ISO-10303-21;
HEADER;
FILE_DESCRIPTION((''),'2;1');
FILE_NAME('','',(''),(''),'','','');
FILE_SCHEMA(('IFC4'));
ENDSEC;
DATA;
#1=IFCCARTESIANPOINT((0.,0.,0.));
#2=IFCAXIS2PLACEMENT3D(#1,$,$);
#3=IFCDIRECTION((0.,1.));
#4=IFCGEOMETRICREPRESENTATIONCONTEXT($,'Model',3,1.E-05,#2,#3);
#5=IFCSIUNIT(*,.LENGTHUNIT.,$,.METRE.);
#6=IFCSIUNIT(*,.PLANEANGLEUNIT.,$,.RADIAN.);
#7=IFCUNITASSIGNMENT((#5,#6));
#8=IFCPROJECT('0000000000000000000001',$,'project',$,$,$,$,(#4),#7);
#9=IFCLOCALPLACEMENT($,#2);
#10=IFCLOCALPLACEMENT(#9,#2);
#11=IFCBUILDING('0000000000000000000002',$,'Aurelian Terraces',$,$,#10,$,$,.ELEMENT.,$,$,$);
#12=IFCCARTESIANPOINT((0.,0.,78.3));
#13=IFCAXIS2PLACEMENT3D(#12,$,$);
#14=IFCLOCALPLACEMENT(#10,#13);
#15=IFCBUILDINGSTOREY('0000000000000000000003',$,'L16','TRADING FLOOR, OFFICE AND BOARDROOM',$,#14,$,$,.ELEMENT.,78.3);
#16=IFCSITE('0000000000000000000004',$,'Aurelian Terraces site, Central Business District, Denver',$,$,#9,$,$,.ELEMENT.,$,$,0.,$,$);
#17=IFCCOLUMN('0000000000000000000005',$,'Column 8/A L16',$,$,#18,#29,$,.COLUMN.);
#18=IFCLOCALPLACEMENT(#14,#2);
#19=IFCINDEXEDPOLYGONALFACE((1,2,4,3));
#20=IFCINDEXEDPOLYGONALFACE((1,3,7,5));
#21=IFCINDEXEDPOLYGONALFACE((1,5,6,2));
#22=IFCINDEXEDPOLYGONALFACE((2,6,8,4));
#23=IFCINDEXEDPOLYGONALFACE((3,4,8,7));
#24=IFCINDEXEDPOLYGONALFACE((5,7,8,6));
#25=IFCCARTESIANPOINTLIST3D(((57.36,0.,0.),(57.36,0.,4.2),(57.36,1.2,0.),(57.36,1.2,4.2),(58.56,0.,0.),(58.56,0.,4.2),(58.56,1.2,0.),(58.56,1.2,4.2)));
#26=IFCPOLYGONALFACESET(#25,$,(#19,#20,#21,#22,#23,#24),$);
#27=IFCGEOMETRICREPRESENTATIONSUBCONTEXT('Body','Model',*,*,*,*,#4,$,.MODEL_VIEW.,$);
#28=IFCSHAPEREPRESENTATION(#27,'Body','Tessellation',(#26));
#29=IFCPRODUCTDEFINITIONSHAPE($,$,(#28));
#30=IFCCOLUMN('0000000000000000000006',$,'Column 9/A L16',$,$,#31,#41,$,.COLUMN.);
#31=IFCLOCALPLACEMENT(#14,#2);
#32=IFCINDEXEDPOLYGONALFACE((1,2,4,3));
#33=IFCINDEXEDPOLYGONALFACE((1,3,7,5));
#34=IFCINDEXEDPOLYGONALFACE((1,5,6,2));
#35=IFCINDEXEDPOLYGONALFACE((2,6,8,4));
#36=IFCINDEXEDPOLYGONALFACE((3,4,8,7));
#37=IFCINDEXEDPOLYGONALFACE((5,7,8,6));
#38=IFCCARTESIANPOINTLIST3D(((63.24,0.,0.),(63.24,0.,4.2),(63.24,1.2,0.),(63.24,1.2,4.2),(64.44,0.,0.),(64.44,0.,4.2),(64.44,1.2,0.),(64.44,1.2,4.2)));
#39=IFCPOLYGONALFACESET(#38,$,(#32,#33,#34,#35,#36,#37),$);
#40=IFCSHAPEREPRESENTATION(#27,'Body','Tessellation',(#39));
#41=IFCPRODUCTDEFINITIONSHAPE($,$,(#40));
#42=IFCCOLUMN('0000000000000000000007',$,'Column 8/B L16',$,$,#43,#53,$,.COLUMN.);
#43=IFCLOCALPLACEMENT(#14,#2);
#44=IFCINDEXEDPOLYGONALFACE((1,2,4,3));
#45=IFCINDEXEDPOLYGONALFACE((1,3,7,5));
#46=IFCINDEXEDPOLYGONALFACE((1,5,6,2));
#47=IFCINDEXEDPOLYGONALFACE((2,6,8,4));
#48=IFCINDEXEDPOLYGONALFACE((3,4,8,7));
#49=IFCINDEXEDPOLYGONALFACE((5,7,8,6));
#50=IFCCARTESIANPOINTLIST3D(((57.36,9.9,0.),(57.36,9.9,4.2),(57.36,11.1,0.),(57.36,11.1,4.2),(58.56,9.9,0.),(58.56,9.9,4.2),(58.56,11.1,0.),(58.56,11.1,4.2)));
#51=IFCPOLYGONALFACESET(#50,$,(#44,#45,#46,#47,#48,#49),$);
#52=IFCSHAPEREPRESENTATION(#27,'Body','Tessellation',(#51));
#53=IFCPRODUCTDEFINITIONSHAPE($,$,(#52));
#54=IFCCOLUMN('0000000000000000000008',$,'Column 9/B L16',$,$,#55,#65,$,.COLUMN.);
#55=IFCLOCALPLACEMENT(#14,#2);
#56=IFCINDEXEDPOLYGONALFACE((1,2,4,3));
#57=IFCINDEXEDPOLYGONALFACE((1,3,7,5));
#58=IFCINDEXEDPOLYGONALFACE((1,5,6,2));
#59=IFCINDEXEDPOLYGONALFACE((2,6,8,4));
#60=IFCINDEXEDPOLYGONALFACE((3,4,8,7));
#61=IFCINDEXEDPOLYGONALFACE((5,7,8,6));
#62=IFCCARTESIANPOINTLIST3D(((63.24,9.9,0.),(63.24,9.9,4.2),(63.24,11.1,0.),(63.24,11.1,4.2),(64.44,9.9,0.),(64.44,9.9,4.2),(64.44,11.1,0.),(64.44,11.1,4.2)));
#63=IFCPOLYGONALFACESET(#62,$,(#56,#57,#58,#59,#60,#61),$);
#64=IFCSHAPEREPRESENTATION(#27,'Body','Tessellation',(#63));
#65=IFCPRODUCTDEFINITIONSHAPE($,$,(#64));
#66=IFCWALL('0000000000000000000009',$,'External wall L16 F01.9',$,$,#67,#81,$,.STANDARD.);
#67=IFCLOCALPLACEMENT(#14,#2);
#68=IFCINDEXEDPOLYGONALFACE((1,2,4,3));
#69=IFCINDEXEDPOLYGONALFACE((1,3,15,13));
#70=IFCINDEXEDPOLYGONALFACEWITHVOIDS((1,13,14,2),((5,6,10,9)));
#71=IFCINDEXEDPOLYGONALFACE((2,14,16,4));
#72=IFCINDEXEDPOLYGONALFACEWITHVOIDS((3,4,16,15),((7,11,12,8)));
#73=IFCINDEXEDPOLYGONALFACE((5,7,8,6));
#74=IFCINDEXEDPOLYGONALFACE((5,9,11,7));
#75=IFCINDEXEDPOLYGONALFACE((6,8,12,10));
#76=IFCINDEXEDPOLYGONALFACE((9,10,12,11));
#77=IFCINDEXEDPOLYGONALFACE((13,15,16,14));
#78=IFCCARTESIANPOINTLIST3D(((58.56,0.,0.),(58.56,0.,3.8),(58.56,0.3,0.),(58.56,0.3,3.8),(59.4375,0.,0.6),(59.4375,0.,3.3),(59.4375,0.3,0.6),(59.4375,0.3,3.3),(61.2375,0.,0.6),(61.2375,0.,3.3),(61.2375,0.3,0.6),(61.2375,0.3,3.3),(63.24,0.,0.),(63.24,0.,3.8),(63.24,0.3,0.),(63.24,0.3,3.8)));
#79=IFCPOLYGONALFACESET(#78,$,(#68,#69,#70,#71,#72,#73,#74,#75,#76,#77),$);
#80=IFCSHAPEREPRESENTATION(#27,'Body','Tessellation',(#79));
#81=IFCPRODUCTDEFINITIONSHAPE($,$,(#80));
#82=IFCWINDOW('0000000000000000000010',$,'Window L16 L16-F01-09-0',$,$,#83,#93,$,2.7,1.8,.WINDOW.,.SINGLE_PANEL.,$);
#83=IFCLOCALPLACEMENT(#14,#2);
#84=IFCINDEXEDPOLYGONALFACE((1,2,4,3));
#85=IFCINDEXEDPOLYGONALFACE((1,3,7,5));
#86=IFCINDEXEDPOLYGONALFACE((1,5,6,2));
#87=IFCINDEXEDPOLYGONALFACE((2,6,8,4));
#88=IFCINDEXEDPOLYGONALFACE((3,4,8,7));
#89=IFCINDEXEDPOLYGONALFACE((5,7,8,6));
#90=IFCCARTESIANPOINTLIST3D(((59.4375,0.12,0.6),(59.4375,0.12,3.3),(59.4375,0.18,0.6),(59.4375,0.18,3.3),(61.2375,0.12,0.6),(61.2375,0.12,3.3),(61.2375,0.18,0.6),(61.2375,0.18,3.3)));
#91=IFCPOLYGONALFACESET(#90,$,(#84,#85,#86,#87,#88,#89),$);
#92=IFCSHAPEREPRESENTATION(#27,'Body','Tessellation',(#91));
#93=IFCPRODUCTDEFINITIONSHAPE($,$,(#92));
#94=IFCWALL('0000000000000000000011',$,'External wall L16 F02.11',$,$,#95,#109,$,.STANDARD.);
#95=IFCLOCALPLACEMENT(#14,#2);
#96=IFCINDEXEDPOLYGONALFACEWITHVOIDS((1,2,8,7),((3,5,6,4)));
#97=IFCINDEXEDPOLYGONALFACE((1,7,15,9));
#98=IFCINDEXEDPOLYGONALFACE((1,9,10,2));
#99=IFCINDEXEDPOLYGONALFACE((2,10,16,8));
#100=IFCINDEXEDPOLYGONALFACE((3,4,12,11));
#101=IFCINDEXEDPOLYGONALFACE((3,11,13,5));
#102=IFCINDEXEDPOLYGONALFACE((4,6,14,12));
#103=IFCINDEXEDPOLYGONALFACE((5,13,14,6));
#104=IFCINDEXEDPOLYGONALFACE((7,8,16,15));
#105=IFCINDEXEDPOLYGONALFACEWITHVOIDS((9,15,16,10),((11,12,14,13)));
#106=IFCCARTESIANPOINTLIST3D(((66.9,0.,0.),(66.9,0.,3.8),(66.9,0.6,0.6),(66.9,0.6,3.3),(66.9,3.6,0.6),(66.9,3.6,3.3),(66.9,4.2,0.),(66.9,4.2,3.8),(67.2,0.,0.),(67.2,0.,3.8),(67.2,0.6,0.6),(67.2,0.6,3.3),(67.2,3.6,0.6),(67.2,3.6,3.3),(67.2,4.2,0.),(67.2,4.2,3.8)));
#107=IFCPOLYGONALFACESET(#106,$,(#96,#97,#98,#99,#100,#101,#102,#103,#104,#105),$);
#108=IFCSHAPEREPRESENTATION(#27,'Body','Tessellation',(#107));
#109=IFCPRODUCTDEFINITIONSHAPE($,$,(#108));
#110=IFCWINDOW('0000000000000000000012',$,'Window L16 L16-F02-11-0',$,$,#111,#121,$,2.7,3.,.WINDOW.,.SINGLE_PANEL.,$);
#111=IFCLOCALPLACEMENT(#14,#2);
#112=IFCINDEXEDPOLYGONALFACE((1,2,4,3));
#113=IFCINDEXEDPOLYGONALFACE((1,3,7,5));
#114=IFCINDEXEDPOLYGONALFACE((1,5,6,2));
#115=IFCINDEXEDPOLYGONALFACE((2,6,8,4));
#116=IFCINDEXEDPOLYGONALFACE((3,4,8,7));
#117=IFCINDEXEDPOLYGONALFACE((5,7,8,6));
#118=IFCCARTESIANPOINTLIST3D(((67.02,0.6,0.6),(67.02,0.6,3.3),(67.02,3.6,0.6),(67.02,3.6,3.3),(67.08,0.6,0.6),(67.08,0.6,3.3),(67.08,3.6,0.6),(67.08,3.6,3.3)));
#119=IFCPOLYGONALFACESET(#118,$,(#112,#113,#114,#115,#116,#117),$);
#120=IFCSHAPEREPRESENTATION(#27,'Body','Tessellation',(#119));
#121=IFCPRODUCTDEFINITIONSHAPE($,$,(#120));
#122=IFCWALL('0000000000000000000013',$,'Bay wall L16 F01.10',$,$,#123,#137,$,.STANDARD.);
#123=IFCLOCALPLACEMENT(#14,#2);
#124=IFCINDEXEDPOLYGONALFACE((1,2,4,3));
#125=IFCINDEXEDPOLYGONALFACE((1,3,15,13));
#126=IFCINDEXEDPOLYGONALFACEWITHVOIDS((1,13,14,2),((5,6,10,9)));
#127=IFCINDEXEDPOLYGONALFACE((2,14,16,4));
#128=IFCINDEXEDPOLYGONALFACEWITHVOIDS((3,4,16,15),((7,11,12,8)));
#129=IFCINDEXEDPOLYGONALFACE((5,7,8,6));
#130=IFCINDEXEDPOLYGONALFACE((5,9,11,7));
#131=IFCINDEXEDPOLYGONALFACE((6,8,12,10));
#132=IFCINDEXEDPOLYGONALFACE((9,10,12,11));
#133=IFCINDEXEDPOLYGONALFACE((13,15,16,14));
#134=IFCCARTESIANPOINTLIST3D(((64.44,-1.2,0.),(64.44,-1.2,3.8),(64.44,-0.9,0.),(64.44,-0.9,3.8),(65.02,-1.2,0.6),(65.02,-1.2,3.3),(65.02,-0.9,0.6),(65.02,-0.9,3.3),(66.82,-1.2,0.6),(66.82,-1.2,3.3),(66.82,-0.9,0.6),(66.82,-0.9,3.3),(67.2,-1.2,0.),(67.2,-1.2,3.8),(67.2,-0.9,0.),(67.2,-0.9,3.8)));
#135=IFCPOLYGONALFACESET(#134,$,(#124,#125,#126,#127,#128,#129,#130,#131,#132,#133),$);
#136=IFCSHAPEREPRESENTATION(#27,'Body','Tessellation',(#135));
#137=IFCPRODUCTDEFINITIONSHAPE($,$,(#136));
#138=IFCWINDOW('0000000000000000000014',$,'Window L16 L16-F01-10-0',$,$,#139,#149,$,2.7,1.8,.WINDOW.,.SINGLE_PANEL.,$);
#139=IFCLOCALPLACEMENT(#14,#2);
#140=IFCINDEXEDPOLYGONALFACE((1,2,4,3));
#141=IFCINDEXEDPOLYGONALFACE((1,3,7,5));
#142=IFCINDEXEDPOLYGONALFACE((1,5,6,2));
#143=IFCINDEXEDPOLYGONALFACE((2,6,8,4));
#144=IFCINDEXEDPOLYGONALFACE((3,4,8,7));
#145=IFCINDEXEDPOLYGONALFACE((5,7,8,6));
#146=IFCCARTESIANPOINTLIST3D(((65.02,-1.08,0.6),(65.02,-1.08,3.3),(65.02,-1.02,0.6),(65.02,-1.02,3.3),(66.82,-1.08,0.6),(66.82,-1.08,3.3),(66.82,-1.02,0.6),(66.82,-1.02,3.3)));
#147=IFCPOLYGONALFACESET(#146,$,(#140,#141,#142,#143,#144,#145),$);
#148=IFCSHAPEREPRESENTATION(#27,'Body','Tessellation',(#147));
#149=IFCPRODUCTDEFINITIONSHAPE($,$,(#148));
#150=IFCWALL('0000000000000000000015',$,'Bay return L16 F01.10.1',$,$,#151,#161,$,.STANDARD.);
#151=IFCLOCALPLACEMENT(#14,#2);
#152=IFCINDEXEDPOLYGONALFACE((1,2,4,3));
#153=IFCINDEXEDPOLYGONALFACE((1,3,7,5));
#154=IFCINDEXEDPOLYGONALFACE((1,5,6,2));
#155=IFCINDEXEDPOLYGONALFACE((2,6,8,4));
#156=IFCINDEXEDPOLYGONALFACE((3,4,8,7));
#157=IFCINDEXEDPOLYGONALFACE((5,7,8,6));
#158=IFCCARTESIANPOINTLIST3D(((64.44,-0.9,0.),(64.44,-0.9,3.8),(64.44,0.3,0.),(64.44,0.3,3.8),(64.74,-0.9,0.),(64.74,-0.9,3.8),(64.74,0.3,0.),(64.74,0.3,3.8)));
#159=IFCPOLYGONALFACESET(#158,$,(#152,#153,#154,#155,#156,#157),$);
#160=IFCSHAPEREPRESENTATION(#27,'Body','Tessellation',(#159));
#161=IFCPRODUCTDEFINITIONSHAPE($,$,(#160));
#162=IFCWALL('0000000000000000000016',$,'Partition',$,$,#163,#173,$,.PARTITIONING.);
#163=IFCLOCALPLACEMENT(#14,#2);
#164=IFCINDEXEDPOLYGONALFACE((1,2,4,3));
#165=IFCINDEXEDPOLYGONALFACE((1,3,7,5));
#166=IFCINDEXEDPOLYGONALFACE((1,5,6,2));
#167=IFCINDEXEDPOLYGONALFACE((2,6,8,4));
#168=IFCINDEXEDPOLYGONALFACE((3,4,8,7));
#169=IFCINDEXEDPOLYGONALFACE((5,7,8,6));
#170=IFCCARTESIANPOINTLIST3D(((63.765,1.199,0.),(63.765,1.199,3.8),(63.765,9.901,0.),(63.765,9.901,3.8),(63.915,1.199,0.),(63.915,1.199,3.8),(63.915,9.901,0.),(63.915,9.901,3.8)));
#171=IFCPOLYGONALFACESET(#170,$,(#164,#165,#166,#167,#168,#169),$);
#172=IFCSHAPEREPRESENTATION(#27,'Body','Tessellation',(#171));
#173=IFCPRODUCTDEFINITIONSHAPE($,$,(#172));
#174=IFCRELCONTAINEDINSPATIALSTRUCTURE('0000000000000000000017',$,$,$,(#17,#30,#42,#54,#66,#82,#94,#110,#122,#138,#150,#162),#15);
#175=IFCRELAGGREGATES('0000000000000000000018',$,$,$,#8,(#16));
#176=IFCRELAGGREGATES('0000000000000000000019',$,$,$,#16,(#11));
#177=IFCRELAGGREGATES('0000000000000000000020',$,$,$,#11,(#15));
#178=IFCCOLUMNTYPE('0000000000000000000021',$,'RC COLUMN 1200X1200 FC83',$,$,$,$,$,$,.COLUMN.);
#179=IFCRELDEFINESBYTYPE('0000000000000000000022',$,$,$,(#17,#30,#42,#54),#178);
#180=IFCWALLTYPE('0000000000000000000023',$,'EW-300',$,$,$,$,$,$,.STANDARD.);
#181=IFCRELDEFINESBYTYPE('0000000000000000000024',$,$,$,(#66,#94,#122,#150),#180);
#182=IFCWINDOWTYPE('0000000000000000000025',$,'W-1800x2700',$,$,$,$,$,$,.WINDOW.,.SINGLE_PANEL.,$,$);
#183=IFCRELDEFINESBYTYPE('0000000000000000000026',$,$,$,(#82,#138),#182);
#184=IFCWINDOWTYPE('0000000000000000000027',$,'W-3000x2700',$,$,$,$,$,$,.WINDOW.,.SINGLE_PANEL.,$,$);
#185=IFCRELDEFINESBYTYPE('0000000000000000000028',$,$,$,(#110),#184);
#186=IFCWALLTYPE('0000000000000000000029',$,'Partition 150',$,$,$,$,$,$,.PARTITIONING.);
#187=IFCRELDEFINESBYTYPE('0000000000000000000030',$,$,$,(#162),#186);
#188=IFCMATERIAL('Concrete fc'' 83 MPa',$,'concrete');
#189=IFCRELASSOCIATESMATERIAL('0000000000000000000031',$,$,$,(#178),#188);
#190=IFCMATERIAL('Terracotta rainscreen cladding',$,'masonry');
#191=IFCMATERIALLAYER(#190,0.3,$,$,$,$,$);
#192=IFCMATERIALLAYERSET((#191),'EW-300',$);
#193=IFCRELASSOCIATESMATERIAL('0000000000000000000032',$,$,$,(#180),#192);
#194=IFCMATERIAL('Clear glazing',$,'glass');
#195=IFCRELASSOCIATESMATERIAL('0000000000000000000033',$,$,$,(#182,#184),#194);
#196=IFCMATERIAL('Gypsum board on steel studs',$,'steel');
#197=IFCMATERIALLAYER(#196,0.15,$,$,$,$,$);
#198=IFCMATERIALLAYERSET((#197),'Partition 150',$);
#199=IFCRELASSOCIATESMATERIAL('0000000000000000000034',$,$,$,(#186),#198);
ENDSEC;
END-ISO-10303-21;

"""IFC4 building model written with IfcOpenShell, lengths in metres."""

from ifc_helpers import new_model, si_unit, direction, frame, frame_2d, origin, origin_2d, place, context, subcontext, project, spatial, rectangle, extrude, source, transform, mapped, material, layer, layer_set, material_profile, profile_set, type_object, element, fill, save


model = new_model("IFC4")

# Units and contexts
model_context = context("Model", 3, precision=1e-05, world=origin(), true_north=direction((0.0, 1.0)))
body_context = subcontext(model_context, "Body", "Model", "MODEL_VIEW")
ifc_project = project(units=[si_unit("LENGTHUNIT", "METRE"), si_unit("PLANEANGLEUNIT", "RADIAN")], contexts=[model_context])

# Site, building, storey
site_placement = place(None, origin())
site = spatial("IfcSite", under=ifc_project, at=site_placement, Name="Aurelian Terraces site, Central Business District, Denver", CompositionType="ELEMENT", RefElevation=0.0)
building_placement = place(site_placement, origin())
building = spatial("IfcBuilding", under=site, at=building_placement, Name="Aurelian Terraces", CompositionType="ELEMENT")
storey_placement = place(building_placement, frame((0.0, 0.0, 78.3)))
storey = spatial("IfcBuildingStorey", under=building, at=storey_placement, Name="L16", Description="TRADING FLOOR, OFFICE AND BOARDROOM", CompositionType="ELEMENT", Elevation=78.3)

# Columns
ifc_material_1 = material(Name="Concrete fc' 83 MPa", Category="concrete")
ifc_material_profile = material_profile(ifc_material_1, rectangle(XDim=1.2, YDim=1.2, at=origin_2d()))
ifc_profile_set = profile_set([ifc_material_profile], Name="Concrete fc' 83 MPa")
column_type = type_object("IfcColumnType", Name="RC COLUMN 1200X1200 FC83", PredefinedType="COLUMN", material=ifc_profile_set)
shared_shape_1 = source(origin(), body_context, "Body", "SweptSolid", [
    extrude(rectangle(XDim=1.2, YDim=1.2, at=origin_2d()), origin(), (0.0, 0.0, 1.0), 4.2),
])
for number, where, z_axis, x_axis, name in (
    (1, (57.96, 0.6, 0.0), (0.0, 0.0, 1.0), (1.0, 0.0, 0.0), "Column 8/A L16"),
    (2, (63.84, 0.6, 0.0), (0.0, 0.0, 1.0), (1.0, 0.0, 0.0), "Column 9/A L16"),
    (3, (57.96, 10.5, 0.0), (0.0, 0.0, 1.0), (1.0, 0.0, 0.0), "Column 8/B L16"),
    (4, (63.84, 10.5, 0.0), (0.0, 0.0, 1.0), (1.0, 0.0, 0.0), "Column 9/B L16"),
):
    element("IfcColumn", number, at=place(storey_placement, frame(where, z_axis=z_axis, x_axis=x_axis)), inside=storey, type_object=column_type, Name=name, PredefinedType="COLUMN", context=body_context, shape_type="MappedRepresentation", body=[
        mapped(shared_shape_1, transform((0.0, 0.0, 0.0), scale=1.0)),
    ])

# Walls, openings, windows
ifc_material_2 = material(Name="Terracotta rainscreen cladding", Category="masonry")
ifc_layer_1 = layer(ifc_material_2, 0.3)
ifc_layer_set_1 = layer_set([ifc_layer_1], Name="EW-300")
wall_type_1 = type_object("IfcWallType", Name="EW-300", PredefinedType="STANDARD", material=ifc_layer_set_1)
shared_shape_2 = source(origin(), body_context, "Body", "SweptSolid", [
    extrude(rectangle(XDim=4.68, YDim=0.3, at=frame_2d((2.34, 0.0))), origin(), (0.0, 0.0, 1.0), 3.8),
])
wall_1_placement = place(storey_placement, frame((58.56, 0.15, 0.0), z_axis=(0.0, 0.0, 1.0), x_axis=(1.0, 0.0, 0.0)))
wall_1 = element("IfcWall", 5, at=wall_1_placement, inside=storey, type_object=wall_type_1, Name="External wall L16 F01.9", PredefinedType="STANDARD", context=body_context, shape_type="MappedRepresentation", body=[
    mapped(shared_shape_2, transform((0.0, 0.0, 0.0), scale=1.0)),
])
shared_shape_3 = source(origin(), body_context, "Body", "SweptSolid", [
    extrude(rectangle(XDim=1.8, YDim=2.7, at=frame_2d((0.9, 1.35))), frame((0.0, 0.16, 0.0), z_axis=(0.0, -1.0, 0.0), x_axis=(1.0, 0.0, 0.0)), (0.0, 0.0, 1.0), 0.32),
])
opening_1_placement = place(wall_1_placement, frame((0.8775, 0.0, 0.6)))
opening_1 = element("IfcOpeningElement", 6, at=opening_1_placement, cuts=wall_1, PredefinedType="OPENING", context=body_context, shape_type="MappedRepresentation", body=[
    mapped(shared_shape_3, transform((0.0, 0.0, 0.0), scale=1.0)),
])
ifc_material_3 = material(Name="Clear glazing", Category="glass")
window_type_1 = type_object("IfcWindowType", Name="W-1800x2700", PartitioningType="SINGLE_PANEL", PredefinedType="WINDOW", material=ifc_material_3)
shared_shape_4 = source(origin(), body_context, "Body", "SweptSolid", [
    extrude(rectangle(XDim=1.8, YDim=2.7, at=frame_2d((0.9, 1.35))), frame((0.0, 0.03, 0.0), z_axis=(0.0, -1.0, 0.0), x_axis=(1.0, 0.0, 0.0)), (0.0, 0.0, 1.0), 0.06),
])
window_1_placement = place(opening_1_placement, origin())
window_1 = element("IfcWindow", 7, at=window_1_placement, inside=storey, type_object=window_type_1, Name="Window L16 L16-F01-09-0", OverallHeight=2.7, OverallWidth=1.8, PartitioningType="SINGLE_PANEL", PredefinedType="WINDOW", context=body_context, shape_type="MappedRepresentation", body=[
    mapped(shared_shape_4, transform((0.0, 0.0, 0.0), scale=1.0)),
])
fill(opening_1, window_1)
shared_shape_5 = source(origin(), body_context, "Body", "SweptSolid", [
    extrude(rectangle(XDim=4.2, YDim=0.3, at=frame_2d((2.1, 0.0))), origin(), (0.0, 0.0, 1.0), 3.8),
])
wall_2_placement = place(storey_placement, frame((67.05, 0.0, 0.0), z_axis=(0.0, 0.0, 1.0), x_axis=(0.0, 1.0, 0.0)))
wall_2 = element("IfcWall", 8, at=wall_2_placement, inside=storey, type_object=wall_type_1, Name="External wall L16 F02.11", PredefinedType="STANDARD", context=body_context, shape_type="MappedRepresentation", body=[
    mapped(shared_shape_5, transform((0.0, 0.0, 0.0), scale=1.0)),
])
shared_shape_6 = source(origin(), body_context, "Body", "SweptSolid", [
    extrude(rectangle(XDim=3.0, YDim=2.7, at=frame_2d((1.5, 1.35))), frame((0.0, 0.16, 0.0), z_axis=(0.0, -1.0, 0.0), x_axis=(1.0, 0.0, 0.0)), (0.0, 0.0, 1.0), 0.32),
])
opening_2_placement = place(wall_2_placement, frame((0.6, 0.0, 0.6)))
opening_2 = element("IfcOpeningElement", 9, at=opening_2_placement, cuts=wall_2, PredefinedType="OPENING", context=body_context, shape_type="MappedRepresentation", body=[
    mapped(shared_shape_6, transform((0.0, 0.0, 0.0), scale=1.0)),
])
window_type_2 = type_object("IfcWindowType", Name="W-3000x2700", PartitioningType="SINGLE_PANEL", PredefinedType="WINDOW", material=ifc_material_3)
shared_shape_7 = source(origin(), body_context, "Body", "SweptSolid", [
    extrude(rectangle(XDim=3.0, YDim=2.7, at=frame_2d((1.5, 1.35))), frame((0.0, 0.03, 0.0), z_axis=(0.0, -1.0, 0.0), x_axis=(1.0, 0.0, 0.0)), (0.0, 0.0, 1.0), 0.06),
])
window_2_placement = place(opening_2_placement, origin())
window_2 = element("IfcWindow", 10, at=window_2_placement, inside=storey, type_object=window_type_2, Name="Window L16 L16-F02-11-0", OverallHeight=2.7, OverallWidth=3.0, PartitioningType="SINGLE_PANEL", PredefinedType="WINDOW", context=body_context, shape_type="MappedRepresentation", body=[
    mapped(shared_shape_7, transform((0.0, 0.0, 0.0), scale=1.0)),
])
fill(opening_2, window_2)
shared_shape_8 = source(origin(), body_context, "Body", "SweptSolid", [
    extrude(rectangle(XDim=2.76, YDim=0.3, at=frame_2d((1.38, 0.0))), origin(), (0.0, 0.0, 1.0), 3.8),
])
wall_3_placement = place(storey_placement, frame((64.44, -1.05, 0.0), z_axis=(0.0, 0.0, 1.0), x_axis=(1.0, 0.0, 0.0)))
wall_3 = element("IfcWall", 11, at=wall_3_placement, inside=storey, type_object=wall_type_1, Name="Bay wall L16 F01.10", PredefinedType="STANDARD", context=body_context, shape_type="MappedRepresentation", body=[
    mapped(shared_shape_8, transform((0.0, 0.0, 0.0), scale=1.0)),
])
opening_3_placement = place(wall_3_placement, frame((0.58, 0.0, 0.6)))
opening_3 = element("IfcOpeningElement", 12, at=opening_3_placement, cuts=wall_3, PredefinedType="OPENING", context=body_context, shape_type="MappedRepresentation", body=[
    mapped(shared_shape_3, transform((0.0, 0.0, 0.0), scale=1.0)),
])
window_3_placement = place(opening_3_placement, origin())
window_3 = element("IfcWindow", 13, at=window_3_placement, inside=storey, type_object=window_type_1, Name="Window L16 L16-F01-10-0", OverallHeight=2.7, OverallWidth=1.8, PartitioningType="SINGLE_PANEL", PredefinedType="WINDOW", context=body_context, shape_type="MappedRepresentation", body=[
    mapped(shared_shape_4, transform((0.0, 0.0, 0.0), scale=1.0)),
])
fill(opening_3, window_3)

# Walls
shared_shape_9 = source(origin(), body_context, "Body", "SweptSolid", [
    extrude(rectangle(XDim=1.2, YDim=0.3, at=frame_2d((0.6, 0.0))), origin(), (0.0, 0.0, 1.0), 3.8),
])
wall_4_placement = place(storey_placement, frame((64.59, 0.3, 0.0), z_axis=(0.0, 0.0, 1.0), x_axis=(0.0, -1.0, 0.0)))
element("IfcWall", 14, at=wall_4_placement, inside=storey, type_object=wall_type_1, Name="Bay return L16 F01.10.1", PredefinedType="STANDARD", context=body_context, shape_type="MappedRepresentation", body=[
    mapped(shared_shape_9, transform((0.0, 0.0, 0.0), scale=1.0)),
])
ifc_material_4 = material(Name="Gypsum board on steel studs", Category="steel")
ifc_layer_2 = layer(ifc_material_4, 0.15)
ifc_layer_set_2 = layer_set([ifc_layer_2], Name="Partition 150")
wall_type_2 = type_object("IfcWallType", Name="Partition 150", PredefinedType="PARTITIONING", material=ifc_layer_set_2)
shared_shape_10 = source(origin(), body_context, "Body", "SweptSolid", [
    extrude(rectangle(XDim=8.702, YDim=0.15, at=frame_2d((4.351, 0.0))), origin(), (0.0, 0.0, 1.0), 3.8),
])
wall_5_placement = place(storey_placement, frame((63.84, 1.199, 0.0), z_axis=(0.0, 0.0, 1.0), x_axis=(0.0, 1.0, 0.0)))
element("IfcWall", 15, at=wall_5_placement, inside=storey, type_object=wall_type_2, Name="Partition", PredefinedType="PARTITIONING", context=body_context, shape_type="MappedRepresentation", body=[
    mapped(shared_shape_10, transform((0.0, 0.0, 0.0), scale=1.0)),
])

save(model, "model.ifc")
